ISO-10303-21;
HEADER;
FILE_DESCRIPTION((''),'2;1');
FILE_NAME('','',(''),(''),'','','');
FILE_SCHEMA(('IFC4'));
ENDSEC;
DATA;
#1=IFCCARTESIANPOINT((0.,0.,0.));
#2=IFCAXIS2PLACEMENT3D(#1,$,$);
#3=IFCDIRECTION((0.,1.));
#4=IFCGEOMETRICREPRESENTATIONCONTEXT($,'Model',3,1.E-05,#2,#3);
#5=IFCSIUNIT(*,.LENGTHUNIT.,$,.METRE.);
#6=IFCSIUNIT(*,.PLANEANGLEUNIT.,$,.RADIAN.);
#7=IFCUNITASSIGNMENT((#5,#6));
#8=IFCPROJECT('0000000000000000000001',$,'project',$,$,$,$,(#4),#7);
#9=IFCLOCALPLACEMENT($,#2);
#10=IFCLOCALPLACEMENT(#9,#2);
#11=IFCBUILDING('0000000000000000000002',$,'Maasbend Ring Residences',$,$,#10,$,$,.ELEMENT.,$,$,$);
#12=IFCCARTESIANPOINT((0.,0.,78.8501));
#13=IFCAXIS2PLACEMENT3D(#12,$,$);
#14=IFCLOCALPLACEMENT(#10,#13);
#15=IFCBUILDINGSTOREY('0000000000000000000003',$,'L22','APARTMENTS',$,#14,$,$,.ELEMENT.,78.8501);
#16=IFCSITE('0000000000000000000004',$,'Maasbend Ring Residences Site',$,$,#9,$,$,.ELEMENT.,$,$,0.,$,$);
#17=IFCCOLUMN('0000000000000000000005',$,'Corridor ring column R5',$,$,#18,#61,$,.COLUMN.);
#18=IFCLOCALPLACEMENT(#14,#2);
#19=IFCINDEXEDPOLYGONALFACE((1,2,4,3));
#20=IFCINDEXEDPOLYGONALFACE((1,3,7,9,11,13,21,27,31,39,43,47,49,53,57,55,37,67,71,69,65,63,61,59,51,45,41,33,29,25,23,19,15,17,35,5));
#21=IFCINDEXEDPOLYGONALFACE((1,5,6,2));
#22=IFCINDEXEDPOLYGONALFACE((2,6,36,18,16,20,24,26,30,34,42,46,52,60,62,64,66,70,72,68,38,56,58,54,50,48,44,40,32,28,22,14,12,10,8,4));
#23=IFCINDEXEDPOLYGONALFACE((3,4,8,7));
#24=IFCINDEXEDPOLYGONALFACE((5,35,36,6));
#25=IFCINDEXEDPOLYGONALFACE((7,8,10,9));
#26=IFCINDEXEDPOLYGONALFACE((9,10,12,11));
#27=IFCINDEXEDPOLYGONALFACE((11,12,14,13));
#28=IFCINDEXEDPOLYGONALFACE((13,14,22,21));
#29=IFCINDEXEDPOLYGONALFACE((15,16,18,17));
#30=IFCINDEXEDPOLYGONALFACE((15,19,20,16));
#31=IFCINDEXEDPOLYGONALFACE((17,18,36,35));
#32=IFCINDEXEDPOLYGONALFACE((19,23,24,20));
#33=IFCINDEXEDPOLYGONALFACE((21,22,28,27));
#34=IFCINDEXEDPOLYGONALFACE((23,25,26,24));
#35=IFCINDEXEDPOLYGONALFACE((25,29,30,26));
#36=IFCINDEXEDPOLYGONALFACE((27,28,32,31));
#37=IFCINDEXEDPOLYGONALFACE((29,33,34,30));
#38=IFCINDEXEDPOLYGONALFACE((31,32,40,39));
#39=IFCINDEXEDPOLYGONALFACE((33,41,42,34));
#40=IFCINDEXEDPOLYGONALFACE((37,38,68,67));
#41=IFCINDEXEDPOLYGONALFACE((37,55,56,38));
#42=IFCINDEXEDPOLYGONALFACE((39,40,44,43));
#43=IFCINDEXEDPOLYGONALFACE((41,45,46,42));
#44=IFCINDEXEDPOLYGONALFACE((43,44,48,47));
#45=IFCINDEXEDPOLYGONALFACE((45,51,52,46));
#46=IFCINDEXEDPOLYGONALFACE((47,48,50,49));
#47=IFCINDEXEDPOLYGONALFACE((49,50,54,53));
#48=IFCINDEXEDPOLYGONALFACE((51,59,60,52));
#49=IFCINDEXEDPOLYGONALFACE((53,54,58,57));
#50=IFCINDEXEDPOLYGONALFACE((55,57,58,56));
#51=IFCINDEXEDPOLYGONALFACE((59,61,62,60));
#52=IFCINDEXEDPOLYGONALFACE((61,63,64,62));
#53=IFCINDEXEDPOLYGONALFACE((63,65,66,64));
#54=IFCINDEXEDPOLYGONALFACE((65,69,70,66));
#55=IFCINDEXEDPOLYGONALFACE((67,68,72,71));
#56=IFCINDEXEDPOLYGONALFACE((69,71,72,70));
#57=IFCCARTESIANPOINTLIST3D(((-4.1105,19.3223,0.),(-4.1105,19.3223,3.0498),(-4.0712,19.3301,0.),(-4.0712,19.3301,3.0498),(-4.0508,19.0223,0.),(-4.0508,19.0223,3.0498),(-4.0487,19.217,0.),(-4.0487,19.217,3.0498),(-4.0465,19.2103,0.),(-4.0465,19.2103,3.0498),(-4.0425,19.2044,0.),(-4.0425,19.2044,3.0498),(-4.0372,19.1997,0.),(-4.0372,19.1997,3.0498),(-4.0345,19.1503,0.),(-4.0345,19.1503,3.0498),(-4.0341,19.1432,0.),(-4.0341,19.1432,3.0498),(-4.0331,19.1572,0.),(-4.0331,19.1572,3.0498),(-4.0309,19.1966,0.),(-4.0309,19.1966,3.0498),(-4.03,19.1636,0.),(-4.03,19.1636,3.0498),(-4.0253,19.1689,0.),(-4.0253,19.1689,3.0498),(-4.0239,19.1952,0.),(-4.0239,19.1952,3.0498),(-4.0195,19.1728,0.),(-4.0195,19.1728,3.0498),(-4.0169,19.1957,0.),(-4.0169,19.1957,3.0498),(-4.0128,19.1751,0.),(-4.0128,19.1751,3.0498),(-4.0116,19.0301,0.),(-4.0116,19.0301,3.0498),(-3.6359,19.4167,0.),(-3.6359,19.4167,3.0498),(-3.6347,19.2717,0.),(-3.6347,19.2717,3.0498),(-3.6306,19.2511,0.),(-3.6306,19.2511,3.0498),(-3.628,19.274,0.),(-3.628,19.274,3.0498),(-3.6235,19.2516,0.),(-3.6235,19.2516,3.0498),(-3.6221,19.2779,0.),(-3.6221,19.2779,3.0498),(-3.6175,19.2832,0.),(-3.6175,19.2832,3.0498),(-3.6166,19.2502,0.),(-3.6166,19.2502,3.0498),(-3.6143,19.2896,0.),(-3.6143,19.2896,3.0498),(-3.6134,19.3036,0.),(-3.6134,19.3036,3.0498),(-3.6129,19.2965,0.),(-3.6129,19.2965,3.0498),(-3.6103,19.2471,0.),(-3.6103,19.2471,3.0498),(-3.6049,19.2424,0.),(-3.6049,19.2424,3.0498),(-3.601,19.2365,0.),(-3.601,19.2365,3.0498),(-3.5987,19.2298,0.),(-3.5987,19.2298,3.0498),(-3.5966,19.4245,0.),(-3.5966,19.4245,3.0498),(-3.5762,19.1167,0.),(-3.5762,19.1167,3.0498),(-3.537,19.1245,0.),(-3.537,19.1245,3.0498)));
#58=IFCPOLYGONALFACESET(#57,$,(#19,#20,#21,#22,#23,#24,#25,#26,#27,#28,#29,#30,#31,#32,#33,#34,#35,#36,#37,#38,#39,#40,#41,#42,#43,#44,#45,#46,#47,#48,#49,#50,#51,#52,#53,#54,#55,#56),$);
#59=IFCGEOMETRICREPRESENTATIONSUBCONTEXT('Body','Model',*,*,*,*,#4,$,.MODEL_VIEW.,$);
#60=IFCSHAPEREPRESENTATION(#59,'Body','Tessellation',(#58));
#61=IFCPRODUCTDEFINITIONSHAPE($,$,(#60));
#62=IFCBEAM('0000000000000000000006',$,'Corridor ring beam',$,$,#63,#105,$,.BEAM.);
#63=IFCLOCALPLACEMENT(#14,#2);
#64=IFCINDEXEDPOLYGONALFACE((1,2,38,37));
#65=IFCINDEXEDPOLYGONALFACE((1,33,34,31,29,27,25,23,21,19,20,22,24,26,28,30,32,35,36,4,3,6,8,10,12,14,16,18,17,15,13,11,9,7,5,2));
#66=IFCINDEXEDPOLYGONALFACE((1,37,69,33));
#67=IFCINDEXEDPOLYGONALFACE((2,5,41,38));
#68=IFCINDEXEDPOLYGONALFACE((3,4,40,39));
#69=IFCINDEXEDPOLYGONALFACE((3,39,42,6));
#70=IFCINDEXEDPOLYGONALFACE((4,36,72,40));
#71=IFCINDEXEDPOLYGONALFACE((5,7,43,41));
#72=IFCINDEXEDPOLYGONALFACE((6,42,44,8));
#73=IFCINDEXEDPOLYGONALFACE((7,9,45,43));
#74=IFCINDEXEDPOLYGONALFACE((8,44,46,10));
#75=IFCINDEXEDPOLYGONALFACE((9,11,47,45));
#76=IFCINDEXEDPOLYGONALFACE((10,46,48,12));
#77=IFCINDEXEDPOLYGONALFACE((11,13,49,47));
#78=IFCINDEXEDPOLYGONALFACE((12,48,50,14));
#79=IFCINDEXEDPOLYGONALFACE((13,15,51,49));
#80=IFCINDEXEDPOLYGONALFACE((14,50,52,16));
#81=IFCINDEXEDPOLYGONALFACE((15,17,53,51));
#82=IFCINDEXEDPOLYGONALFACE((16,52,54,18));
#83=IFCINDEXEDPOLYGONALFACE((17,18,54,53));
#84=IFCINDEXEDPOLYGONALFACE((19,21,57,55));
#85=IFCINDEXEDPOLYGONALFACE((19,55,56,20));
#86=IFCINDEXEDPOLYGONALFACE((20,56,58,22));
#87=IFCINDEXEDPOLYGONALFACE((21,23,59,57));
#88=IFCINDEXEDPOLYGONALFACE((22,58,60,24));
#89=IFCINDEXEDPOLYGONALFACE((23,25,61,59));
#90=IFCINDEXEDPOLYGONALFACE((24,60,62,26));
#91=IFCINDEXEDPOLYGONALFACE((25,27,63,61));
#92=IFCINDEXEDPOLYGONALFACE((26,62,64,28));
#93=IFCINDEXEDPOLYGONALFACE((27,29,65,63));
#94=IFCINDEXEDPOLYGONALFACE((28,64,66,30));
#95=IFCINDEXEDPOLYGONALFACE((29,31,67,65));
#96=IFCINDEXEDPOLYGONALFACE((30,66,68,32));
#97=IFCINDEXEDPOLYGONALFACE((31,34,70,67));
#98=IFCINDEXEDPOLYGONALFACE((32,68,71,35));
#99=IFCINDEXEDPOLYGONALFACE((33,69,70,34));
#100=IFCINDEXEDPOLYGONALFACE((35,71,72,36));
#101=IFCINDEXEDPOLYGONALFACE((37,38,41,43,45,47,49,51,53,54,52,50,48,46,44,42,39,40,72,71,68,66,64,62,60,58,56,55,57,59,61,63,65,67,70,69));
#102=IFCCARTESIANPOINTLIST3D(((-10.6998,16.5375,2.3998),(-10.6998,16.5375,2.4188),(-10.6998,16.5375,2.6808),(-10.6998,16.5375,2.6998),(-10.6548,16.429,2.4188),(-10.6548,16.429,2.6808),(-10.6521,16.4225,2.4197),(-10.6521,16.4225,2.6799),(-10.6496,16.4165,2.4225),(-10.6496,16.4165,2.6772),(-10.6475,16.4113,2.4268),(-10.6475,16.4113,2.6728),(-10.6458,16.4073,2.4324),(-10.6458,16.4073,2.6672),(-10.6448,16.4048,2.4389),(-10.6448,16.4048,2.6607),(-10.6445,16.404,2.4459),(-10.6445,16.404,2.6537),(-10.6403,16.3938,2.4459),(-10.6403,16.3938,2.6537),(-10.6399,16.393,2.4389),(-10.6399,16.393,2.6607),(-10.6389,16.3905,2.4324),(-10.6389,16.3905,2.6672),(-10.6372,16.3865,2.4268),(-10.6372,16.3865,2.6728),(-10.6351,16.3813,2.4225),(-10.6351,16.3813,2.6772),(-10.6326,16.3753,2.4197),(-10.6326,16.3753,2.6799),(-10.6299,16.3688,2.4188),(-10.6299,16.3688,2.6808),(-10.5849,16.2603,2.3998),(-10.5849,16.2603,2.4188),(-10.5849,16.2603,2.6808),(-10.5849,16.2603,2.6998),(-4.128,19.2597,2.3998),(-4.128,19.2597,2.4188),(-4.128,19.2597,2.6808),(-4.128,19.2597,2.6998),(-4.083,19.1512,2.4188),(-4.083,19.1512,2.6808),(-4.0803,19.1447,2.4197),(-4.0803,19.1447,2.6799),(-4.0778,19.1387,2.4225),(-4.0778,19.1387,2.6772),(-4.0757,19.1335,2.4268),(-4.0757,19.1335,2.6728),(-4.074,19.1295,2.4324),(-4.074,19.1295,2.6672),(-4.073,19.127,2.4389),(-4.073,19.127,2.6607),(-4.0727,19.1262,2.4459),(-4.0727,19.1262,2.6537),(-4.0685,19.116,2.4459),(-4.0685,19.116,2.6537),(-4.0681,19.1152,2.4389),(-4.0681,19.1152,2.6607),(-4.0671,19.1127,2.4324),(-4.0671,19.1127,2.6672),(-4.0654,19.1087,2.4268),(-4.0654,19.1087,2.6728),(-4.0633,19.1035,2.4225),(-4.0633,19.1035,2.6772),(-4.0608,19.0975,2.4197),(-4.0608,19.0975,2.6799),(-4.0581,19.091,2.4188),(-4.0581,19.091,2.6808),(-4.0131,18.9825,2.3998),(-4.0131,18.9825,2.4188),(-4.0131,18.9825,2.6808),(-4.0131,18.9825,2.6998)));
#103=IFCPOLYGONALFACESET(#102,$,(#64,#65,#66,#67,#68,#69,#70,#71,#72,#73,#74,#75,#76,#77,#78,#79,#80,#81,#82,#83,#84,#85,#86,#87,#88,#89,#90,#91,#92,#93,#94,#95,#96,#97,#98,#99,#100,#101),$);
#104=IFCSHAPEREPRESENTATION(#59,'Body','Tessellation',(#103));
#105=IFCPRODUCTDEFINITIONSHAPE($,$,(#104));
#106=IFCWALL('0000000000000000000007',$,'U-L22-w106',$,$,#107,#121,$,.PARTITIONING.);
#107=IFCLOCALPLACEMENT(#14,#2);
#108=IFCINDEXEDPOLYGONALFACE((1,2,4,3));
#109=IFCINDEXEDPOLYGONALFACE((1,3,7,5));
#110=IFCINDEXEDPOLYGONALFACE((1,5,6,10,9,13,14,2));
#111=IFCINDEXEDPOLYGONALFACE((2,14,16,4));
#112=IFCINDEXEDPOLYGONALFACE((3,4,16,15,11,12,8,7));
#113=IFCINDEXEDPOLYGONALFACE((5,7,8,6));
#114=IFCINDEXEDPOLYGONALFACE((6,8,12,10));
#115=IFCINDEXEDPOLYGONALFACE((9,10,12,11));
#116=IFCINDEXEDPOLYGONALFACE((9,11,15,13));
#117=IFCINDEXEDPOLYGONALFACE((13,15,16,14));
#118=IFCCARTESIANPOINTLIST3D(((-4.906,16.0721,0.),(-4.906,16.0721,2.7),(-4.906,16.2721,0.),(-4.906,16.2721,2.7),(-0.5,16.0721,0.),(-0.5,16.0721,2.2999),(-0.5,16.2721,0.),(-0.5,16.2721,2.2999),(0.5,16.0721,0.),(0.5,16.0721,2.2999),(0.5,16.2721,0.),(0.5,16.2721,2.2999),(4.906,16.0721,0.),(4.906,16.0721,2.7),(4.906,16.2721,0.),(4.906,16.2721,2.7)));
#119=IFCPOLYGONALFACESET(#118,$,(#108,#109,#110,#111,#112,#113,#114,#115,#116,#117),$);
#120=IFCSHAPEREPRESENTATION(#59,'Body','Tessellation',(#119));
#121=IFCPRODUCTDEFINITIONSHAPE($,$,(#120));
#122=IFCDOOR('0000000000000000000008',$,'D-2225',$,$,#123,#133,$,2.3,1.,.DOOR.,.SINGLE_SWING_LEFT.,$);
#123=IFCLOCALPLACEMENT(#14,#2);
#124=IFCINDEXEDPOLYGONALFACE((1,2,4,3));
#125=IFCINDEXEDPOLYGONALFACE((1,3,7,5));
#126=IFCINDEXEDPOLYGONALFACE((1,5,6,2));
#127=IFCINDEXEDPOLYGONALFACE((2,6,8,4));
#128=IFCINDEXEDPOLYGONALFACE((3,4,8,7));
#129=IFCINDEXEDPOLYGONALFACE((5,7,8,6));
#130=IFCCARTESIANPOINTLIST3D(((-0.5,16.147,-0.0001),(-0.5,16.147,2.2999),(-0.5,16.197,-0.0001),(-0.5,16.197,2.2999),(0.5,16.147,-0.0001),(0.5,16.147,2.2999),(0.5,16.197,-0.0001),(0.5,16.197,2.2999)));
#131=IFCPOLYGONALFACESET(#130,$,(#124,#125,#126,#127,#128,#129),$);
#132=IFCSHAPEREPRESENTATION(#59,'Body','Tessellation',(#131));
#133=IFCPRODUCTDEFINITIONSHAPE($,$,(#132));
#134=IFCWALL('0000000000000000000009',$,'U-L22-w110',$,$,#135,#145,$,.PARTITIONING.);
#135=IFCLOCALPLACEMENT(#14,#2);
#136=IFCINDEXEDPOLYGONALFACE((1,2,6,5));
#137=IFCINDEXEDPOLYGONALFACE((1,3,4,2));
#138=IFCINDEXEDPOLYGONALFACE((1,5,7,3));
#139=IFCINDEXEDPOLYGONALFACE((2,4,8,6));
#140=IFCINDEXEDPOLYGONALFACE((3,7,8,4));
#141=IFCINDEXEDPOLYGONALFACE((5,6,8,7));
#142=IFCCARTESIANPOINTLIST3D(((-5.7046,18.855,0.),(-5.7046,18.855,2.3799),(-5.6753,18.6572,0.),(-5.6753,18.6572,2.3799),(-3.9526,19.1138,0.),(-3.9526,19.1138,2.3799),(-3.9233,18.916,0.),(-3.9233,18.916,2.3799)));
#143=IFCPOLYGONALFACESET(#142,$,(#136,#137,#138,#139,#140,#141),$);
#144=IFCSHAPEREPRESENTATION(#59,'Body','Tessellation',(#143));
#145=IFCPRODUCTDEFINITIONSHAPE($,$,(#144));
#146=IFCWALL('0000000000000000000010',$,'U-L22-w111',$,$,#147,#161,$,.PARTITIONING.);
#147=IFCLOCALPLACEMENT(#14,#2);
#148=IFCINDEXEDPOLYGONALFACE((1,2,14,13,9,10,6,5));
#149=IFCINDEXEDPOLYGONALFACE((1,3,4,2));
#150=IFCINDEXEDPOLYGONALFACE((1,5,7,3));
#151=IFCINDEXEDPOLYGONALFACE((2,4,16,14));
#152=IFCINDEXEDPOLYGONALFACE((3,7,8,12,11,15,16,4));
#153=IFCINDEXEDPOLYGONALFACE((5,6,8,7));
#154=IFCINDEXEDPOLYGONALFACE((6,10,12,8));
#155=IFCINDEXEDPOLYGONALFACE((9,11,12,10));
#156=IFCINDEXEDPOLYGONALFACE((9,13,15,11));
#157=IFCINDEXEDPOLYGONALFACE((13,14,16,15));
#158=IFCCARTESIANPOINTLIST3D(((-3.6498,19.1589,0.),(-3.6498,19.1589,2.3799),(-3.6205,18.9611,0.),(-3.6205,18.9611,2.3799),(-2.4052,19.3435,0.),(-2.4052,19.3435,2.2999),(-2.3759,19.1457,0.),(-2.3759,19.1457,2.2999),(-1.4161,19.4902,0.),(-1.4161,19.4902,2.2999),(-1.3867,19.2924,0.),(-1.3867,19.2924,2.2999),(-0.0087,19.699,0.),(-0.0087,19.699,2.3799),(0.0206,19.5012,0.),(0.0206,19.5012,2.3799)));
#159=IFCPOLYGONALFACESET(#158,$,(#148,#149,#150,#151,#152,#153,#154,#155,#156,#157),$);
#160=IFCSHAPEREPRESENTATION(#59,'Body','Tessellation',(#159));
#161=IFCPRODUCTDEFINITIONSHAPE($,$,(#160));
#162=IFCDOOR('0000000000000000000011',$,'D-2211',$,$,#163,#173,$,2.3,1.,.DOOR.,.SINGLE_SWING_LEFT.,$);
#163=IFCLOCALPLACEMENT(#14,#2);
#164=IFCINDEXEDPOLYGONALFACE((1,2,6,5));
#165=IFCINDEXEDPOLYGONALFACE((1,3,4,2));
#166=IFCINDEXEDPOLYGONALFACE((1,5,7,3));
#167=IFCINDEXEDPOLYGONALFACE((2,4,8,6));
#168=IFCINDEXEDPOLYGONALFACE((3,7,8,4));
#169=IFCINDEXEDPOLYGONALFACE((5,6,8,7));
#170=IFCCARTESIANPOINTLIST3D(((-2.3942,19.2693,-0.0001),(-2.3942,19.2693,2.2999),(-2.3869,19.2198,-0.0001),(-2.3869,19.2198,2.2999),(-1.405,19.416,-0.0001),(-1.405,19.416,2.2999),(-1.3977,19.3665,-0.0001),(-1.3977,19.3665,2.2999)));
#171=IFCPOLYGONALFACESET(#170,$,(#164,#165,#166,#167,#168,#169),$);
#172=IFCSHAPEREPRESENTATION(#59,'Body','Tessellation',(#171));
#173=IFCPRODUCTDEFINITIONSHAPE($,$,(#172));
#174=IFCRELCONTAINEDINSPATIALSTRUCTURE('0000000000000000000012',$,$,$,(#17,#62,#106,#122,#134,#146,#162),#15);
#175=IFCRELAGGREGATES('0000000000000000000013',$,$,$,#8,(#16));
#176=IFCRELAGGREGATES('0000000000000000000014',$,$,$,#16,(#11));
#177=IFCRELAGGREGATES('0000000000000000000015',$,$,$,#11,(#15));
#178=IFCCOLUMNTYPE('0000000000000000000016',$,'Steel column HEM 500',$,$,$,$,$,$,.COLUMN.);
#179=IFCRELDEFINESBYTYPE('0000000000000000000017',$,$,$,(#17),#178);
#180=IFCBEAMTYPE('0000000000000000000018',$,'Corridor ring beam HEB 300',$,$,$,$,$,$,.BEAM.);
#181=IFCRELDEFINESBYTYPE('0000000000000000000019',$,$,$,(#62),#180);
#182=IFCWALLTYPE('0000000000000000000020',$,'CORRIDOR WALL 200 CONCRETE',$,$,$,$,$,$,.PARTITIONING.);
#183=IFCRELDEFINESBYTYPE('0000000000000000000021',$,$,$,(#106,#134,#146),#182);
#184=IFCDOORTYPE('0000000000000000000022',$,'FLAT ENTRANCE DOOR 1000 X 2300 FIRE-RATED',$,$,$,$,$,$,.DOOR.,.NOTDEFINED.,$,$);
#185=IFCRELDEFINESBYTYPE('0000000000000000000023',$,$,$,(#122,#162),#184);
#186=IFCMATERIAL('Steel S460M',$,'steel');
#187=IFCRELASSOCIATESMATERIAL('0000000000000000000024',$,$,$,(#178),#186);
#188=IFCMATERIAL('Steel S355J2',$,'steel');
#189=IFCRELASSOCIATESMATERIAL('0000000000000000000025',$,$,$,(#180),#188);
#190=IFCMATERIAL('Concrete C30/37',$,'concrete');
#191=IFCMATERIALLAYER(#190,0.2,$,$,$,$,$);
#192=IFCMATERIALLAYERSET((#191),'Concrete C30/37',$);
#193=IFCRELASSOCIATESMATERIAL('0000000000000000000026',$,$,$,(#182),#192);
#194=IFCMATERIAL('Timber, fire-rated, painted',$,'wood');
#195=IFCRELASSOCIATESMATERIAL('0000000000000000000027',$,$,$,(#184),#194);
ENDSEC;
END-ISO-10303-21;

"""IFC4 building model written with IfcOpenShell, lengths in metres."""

from ifc_helpers import new_model, si_unit, direction, frame, frame_2d, origin, origin_2d, place, context, subcontext, project, spatial, rectangle, i_section, extrude, material, layer, layer_set, material_profile, profile_set, type_object, element, fill, save


model = new_model("IFC4")

# Units and contexts
model_context = context("Model", 3, precision=1e-05, world=origin(), true_north=direction((0.0, 1.0)))
body_context = subcontext(model_context, "Body", "Model", "MODEL_VIEW")
ifc_project = project(units=[si_unit("LENGTHUNIT", "METRE"), si_unit("PLANEANGLEUNIT", "RADIAN")], contexts=[model_context])

# Site, building, storey
site_placement = place(None, origin())
site = spatial("IfcSite", under=ifc_project, at=site_placement, Name="Maasbend Ring Residences Site", CompositionType="ELEMENT", RefElevation=0.0)
building_placement = place(site_placement, origin())
building = spatial("IfcBuilding", under=site, at=building_placement, Name="Maasbend Ring Residences", CompositionType="ELEMENT")
storey_placement = place(building_placement, frame((0.0, 0.0, 78.8501)))
storey = spatial("IfcBuildingStorey", under=building, at=storey_placement, Name="L22", Description="APARTMENTS", CompositionType="ELEMENT", Elevation=78.8501)

# Column
ifc_material_1 = material(Name="Steel S460M", Category="steel")
ifc_material_profile_1 = material_profile(ifc_material_1, i_section(OverallWidth=0.3059, OverallDepth=0.5239, WebThickness=0.021, FlangeThickness=0.04, FilletRadius=0.0271, at=origin_2d()), Name="HEM 500")
ifc_profile_set_1 = profile_set([ifc_material_profile_1], Name="Steel S460M")
column_type = type_object("IfcColumnType", Name="Steel column HEM 500", PredefinedType="COLUMN", material=ifc_profile_set_1)
column_placement = place(storey_placement, frame((-3.8237, 19.2234, 0.0), z_axis=(0.0, 0.0, 1.0), x_axis=(-0.19509, 0.980785, 0.0)))
element("IfcColumn", 1, at=column_placement, inside=storey, type_object=column_type, Name="Corridor ring column R5", PredefinedType="COLUMN", context=body_context, shape_type="SweptSolid", body=[
    extrude(i_section(OverallWidth=0.3059, OverallDepth=0.5239, WebThickness=0.021, FlangeThickness=0.04, FilletRadius=0.0271, at=origin_2d()), origin(), (0.0, 0.0, 1.0), 3.0498),
])

# Beam
ifc_material_2 = material(Name="Steel S355J2", Category="steel")
ifc_material_profile_2 = material_profile(ifc_material_2, i_section(OverallWidth=0.3, OverallDepth=0.3, WebThickness=0.011, FlangeThickness=0.019, FilletRadius=0.0271, at=origin_2d()), Name="HEB 300")
ifc_profile_set_2 = profile_set([ifc_material_profile_2], Name="Steel S355J2")
beam_type = type_object("IfcBeamType", Name="Corridor ring beam HEB 300", PredefinedType="BEAM", material=ifc_profile_set_2)
beam_placement = place(storey_placement, frame((-4.0706, 19.1211, 2.5498), z_axis=(-0.923877, -0.382689, 0.0), x_axis=(0.382689, -0.923877, 0.0)))
element("IfcBeam", 2, at=beam_placement, inside=storey, type_object=beam_type, Name="Corridor ring beam", PredefinedType="BEAM", context=body_context, shape_type="SweptSolid", body=[
    extrude(i_section(OverallWidth=0.3, OverallDepth=0.3, WebThickness=0.011, FlangeThickness=0.019, FilletRadius=0.0271, at=origin_2d()), origin(), (0.0, 0.0, 1.0), 7.1133),
])

# Wall, opening, door
ifc_material_3 = material(Name="Concrete C30/37", Category="concrete")
ifc_layer_1 = layer(ifc_material_3, 0.2)
ifc_layer_set_1 = layer_set([ifc_layer_1], Name="Concrete C30/37")
wall_type_1 = type_object("IfcWallType", Name="CORRIDOR WALL 200 CONCRETE", PredefinedType="PARTITIONING", material=ifc_layer_set_1)
wall_1_placement = place(storey_placement, frame((-4.906, 16.1721, 0.0), z_axis=(0.0, 0.0, 1.0), x_axis=(1.0, 0.0, 0.0)))
wall_1 = element("IfcWall", 3, at=wall_1_placement, inside=storey, type_object=wall_type_1, Name="U-L22-w106", PredefinedType="PARTITIONING", context=body_context, shape_type="SweptSolid", body=[
    extrude(rectangle(XDim=9.812, YDim=0.2, at=frame_2d((4.906, 0.0))), origin(), (0.0, 0.0, 1.0), 2.7),
])
opening_1_placement = place(wall_1_placement, frame((4.406, 0.0, 0.0)))
opening_1 = element("IfcOpeningElement", 4, at=opening_1_placement, cuts=wall_1, PredefinedType="OPENING", context=body_context, shape_type="SweptSolid", body=[
    extrude(rectangle(XDim=1.0, YDim=2.3, at=frame_2d((0.5, 1.1499))), frame((0.0, 0.1099, 0.0), z_axis=(0.0, -1.0, 0.0), x_axis=(1.0, 0.0, 0.0)), (0.0, 0.0, 1.0), 0.22),
])
ifc_material_4 = material(Name="Timber, fire-rated, painted", Category="wood")
door_type_1 = type_object("IfcDoorType", Name="FLAT ENTRANCE DOOR 1000 X 2300 FIRE-RATED", OperationType="NOTDEFINED", PredefinedType="DOOR", material=ifc_material_4)
door_1_placement = place(opening_1_placement, origin())
door_1 = element("IfcDoor", 5, at=door_1_placement, inside=storey, type_object=door_type_1, Name="D-2225", OperationType="SINGLE_SWING_LEFT", OverallHeight=2.3, OverallWidth=1.0, PredefinedType="DOOR", context=body_context, shape_type="SweptSolid", body=[
    extrude(rectangle(XDim=1.0, YDim=2.3, at=frame_2d((0.5, 1.1499))), frame((0.0, 0.0249, 0.0), z_axis=(0.0, -1.0, 0.0), x_axis=(1.0, 0.0, 0.0)), (0.0, 0.0, 1.0), 0.05),
])
fill(opening_1, door_1)

# Wall
wall_2_placement = place(storey_placement, frame((-5.6899, 18.7561, 0.0), z_axis=(0.0, 0.0, 1.0), x_axis=(0.989266, 0.146129, 0.0)))
element("IfcWall", 6, at=wall_2_placement, inside=storey, type_object=wall_type_1, Name="U-L22-w110", PredefinedType="PARTITIONING", context=body_context, shape_type="SweptSolid", body=[
    extrude(rectangle(XDim=1.771, YDim=0.2, at=frame_2d((0.8855, 0.0))), origin(), (0.0, 0.0, 1.0), 2.3799),
])

# Wall, opening, door
wall_3_placement = place(storey_placement, frame((-3.635, 19.0601, 0.0), z_axis=(0.0, 0.0, 1.0), x_axis=(0.989179, 0.146712, 0.0)))
wall_3 = element("IfcWall", 7, at=wall_3_placement, inside=storey, type_object=wall_type_1, Name="U-L22-w111", PredefinedType="PARTITIONING", context=body_context, shape_type="SweptSolid", body=[
    extrude(rectangle(XDim=3.6809, YDim=0.2, at=frame_2d((1.8403, 0.0))), origin(), (0.0, 0.0, 1.0), 2.3799),
])
opening_2_placement = place(wall_3_placement, frame((1.2581, 0.0, 0.0)))
opening_2 = element("IfcOpeningElement", 8, at=opening_2_placement, cuts=wall_3, PredefinedType="OPENING", context=body_context, shape_type="SweptSolid", body=[
    extrude(rectangle(XDim=1.0, YDim=2.3, at=frame_2d((0.5, 1.1499))), frame((0.0, 0.1099, 0.0), z_axis=(0.0, -1.0, 0.0), x_axis=(1.0, 0.0, 0.0)), (0.0, 0.0, 1.0), 0.22),
])
door_2_placement = place(opening_2_placement, origin())
door_2 = element("IfcDoor", 9, at=door_2_placement, inside=storey, type_object=door_type_1, Name="D-2211", OperationType="SINGLE_SWING_LEFT", OverallHeight=2.3, OverallWidth=1.0, PredefinedType="DOOR", context=body_context, shape_type="SweptSolid", body=[
    extrude(rectangle(XDim=1.0, YDim=2.3, at=frame_2d((0.5, 1.1499))), frame((0.0, 0.0249, 0.0), z_axis=(0.0, -1.0, 0.0), x_axis=(1.0, 0.0, 0.0)), (0.0, 0.0, 1.0), 0.05),
])
fill(opening_2, door_2)

save(model, "model.ifc")
